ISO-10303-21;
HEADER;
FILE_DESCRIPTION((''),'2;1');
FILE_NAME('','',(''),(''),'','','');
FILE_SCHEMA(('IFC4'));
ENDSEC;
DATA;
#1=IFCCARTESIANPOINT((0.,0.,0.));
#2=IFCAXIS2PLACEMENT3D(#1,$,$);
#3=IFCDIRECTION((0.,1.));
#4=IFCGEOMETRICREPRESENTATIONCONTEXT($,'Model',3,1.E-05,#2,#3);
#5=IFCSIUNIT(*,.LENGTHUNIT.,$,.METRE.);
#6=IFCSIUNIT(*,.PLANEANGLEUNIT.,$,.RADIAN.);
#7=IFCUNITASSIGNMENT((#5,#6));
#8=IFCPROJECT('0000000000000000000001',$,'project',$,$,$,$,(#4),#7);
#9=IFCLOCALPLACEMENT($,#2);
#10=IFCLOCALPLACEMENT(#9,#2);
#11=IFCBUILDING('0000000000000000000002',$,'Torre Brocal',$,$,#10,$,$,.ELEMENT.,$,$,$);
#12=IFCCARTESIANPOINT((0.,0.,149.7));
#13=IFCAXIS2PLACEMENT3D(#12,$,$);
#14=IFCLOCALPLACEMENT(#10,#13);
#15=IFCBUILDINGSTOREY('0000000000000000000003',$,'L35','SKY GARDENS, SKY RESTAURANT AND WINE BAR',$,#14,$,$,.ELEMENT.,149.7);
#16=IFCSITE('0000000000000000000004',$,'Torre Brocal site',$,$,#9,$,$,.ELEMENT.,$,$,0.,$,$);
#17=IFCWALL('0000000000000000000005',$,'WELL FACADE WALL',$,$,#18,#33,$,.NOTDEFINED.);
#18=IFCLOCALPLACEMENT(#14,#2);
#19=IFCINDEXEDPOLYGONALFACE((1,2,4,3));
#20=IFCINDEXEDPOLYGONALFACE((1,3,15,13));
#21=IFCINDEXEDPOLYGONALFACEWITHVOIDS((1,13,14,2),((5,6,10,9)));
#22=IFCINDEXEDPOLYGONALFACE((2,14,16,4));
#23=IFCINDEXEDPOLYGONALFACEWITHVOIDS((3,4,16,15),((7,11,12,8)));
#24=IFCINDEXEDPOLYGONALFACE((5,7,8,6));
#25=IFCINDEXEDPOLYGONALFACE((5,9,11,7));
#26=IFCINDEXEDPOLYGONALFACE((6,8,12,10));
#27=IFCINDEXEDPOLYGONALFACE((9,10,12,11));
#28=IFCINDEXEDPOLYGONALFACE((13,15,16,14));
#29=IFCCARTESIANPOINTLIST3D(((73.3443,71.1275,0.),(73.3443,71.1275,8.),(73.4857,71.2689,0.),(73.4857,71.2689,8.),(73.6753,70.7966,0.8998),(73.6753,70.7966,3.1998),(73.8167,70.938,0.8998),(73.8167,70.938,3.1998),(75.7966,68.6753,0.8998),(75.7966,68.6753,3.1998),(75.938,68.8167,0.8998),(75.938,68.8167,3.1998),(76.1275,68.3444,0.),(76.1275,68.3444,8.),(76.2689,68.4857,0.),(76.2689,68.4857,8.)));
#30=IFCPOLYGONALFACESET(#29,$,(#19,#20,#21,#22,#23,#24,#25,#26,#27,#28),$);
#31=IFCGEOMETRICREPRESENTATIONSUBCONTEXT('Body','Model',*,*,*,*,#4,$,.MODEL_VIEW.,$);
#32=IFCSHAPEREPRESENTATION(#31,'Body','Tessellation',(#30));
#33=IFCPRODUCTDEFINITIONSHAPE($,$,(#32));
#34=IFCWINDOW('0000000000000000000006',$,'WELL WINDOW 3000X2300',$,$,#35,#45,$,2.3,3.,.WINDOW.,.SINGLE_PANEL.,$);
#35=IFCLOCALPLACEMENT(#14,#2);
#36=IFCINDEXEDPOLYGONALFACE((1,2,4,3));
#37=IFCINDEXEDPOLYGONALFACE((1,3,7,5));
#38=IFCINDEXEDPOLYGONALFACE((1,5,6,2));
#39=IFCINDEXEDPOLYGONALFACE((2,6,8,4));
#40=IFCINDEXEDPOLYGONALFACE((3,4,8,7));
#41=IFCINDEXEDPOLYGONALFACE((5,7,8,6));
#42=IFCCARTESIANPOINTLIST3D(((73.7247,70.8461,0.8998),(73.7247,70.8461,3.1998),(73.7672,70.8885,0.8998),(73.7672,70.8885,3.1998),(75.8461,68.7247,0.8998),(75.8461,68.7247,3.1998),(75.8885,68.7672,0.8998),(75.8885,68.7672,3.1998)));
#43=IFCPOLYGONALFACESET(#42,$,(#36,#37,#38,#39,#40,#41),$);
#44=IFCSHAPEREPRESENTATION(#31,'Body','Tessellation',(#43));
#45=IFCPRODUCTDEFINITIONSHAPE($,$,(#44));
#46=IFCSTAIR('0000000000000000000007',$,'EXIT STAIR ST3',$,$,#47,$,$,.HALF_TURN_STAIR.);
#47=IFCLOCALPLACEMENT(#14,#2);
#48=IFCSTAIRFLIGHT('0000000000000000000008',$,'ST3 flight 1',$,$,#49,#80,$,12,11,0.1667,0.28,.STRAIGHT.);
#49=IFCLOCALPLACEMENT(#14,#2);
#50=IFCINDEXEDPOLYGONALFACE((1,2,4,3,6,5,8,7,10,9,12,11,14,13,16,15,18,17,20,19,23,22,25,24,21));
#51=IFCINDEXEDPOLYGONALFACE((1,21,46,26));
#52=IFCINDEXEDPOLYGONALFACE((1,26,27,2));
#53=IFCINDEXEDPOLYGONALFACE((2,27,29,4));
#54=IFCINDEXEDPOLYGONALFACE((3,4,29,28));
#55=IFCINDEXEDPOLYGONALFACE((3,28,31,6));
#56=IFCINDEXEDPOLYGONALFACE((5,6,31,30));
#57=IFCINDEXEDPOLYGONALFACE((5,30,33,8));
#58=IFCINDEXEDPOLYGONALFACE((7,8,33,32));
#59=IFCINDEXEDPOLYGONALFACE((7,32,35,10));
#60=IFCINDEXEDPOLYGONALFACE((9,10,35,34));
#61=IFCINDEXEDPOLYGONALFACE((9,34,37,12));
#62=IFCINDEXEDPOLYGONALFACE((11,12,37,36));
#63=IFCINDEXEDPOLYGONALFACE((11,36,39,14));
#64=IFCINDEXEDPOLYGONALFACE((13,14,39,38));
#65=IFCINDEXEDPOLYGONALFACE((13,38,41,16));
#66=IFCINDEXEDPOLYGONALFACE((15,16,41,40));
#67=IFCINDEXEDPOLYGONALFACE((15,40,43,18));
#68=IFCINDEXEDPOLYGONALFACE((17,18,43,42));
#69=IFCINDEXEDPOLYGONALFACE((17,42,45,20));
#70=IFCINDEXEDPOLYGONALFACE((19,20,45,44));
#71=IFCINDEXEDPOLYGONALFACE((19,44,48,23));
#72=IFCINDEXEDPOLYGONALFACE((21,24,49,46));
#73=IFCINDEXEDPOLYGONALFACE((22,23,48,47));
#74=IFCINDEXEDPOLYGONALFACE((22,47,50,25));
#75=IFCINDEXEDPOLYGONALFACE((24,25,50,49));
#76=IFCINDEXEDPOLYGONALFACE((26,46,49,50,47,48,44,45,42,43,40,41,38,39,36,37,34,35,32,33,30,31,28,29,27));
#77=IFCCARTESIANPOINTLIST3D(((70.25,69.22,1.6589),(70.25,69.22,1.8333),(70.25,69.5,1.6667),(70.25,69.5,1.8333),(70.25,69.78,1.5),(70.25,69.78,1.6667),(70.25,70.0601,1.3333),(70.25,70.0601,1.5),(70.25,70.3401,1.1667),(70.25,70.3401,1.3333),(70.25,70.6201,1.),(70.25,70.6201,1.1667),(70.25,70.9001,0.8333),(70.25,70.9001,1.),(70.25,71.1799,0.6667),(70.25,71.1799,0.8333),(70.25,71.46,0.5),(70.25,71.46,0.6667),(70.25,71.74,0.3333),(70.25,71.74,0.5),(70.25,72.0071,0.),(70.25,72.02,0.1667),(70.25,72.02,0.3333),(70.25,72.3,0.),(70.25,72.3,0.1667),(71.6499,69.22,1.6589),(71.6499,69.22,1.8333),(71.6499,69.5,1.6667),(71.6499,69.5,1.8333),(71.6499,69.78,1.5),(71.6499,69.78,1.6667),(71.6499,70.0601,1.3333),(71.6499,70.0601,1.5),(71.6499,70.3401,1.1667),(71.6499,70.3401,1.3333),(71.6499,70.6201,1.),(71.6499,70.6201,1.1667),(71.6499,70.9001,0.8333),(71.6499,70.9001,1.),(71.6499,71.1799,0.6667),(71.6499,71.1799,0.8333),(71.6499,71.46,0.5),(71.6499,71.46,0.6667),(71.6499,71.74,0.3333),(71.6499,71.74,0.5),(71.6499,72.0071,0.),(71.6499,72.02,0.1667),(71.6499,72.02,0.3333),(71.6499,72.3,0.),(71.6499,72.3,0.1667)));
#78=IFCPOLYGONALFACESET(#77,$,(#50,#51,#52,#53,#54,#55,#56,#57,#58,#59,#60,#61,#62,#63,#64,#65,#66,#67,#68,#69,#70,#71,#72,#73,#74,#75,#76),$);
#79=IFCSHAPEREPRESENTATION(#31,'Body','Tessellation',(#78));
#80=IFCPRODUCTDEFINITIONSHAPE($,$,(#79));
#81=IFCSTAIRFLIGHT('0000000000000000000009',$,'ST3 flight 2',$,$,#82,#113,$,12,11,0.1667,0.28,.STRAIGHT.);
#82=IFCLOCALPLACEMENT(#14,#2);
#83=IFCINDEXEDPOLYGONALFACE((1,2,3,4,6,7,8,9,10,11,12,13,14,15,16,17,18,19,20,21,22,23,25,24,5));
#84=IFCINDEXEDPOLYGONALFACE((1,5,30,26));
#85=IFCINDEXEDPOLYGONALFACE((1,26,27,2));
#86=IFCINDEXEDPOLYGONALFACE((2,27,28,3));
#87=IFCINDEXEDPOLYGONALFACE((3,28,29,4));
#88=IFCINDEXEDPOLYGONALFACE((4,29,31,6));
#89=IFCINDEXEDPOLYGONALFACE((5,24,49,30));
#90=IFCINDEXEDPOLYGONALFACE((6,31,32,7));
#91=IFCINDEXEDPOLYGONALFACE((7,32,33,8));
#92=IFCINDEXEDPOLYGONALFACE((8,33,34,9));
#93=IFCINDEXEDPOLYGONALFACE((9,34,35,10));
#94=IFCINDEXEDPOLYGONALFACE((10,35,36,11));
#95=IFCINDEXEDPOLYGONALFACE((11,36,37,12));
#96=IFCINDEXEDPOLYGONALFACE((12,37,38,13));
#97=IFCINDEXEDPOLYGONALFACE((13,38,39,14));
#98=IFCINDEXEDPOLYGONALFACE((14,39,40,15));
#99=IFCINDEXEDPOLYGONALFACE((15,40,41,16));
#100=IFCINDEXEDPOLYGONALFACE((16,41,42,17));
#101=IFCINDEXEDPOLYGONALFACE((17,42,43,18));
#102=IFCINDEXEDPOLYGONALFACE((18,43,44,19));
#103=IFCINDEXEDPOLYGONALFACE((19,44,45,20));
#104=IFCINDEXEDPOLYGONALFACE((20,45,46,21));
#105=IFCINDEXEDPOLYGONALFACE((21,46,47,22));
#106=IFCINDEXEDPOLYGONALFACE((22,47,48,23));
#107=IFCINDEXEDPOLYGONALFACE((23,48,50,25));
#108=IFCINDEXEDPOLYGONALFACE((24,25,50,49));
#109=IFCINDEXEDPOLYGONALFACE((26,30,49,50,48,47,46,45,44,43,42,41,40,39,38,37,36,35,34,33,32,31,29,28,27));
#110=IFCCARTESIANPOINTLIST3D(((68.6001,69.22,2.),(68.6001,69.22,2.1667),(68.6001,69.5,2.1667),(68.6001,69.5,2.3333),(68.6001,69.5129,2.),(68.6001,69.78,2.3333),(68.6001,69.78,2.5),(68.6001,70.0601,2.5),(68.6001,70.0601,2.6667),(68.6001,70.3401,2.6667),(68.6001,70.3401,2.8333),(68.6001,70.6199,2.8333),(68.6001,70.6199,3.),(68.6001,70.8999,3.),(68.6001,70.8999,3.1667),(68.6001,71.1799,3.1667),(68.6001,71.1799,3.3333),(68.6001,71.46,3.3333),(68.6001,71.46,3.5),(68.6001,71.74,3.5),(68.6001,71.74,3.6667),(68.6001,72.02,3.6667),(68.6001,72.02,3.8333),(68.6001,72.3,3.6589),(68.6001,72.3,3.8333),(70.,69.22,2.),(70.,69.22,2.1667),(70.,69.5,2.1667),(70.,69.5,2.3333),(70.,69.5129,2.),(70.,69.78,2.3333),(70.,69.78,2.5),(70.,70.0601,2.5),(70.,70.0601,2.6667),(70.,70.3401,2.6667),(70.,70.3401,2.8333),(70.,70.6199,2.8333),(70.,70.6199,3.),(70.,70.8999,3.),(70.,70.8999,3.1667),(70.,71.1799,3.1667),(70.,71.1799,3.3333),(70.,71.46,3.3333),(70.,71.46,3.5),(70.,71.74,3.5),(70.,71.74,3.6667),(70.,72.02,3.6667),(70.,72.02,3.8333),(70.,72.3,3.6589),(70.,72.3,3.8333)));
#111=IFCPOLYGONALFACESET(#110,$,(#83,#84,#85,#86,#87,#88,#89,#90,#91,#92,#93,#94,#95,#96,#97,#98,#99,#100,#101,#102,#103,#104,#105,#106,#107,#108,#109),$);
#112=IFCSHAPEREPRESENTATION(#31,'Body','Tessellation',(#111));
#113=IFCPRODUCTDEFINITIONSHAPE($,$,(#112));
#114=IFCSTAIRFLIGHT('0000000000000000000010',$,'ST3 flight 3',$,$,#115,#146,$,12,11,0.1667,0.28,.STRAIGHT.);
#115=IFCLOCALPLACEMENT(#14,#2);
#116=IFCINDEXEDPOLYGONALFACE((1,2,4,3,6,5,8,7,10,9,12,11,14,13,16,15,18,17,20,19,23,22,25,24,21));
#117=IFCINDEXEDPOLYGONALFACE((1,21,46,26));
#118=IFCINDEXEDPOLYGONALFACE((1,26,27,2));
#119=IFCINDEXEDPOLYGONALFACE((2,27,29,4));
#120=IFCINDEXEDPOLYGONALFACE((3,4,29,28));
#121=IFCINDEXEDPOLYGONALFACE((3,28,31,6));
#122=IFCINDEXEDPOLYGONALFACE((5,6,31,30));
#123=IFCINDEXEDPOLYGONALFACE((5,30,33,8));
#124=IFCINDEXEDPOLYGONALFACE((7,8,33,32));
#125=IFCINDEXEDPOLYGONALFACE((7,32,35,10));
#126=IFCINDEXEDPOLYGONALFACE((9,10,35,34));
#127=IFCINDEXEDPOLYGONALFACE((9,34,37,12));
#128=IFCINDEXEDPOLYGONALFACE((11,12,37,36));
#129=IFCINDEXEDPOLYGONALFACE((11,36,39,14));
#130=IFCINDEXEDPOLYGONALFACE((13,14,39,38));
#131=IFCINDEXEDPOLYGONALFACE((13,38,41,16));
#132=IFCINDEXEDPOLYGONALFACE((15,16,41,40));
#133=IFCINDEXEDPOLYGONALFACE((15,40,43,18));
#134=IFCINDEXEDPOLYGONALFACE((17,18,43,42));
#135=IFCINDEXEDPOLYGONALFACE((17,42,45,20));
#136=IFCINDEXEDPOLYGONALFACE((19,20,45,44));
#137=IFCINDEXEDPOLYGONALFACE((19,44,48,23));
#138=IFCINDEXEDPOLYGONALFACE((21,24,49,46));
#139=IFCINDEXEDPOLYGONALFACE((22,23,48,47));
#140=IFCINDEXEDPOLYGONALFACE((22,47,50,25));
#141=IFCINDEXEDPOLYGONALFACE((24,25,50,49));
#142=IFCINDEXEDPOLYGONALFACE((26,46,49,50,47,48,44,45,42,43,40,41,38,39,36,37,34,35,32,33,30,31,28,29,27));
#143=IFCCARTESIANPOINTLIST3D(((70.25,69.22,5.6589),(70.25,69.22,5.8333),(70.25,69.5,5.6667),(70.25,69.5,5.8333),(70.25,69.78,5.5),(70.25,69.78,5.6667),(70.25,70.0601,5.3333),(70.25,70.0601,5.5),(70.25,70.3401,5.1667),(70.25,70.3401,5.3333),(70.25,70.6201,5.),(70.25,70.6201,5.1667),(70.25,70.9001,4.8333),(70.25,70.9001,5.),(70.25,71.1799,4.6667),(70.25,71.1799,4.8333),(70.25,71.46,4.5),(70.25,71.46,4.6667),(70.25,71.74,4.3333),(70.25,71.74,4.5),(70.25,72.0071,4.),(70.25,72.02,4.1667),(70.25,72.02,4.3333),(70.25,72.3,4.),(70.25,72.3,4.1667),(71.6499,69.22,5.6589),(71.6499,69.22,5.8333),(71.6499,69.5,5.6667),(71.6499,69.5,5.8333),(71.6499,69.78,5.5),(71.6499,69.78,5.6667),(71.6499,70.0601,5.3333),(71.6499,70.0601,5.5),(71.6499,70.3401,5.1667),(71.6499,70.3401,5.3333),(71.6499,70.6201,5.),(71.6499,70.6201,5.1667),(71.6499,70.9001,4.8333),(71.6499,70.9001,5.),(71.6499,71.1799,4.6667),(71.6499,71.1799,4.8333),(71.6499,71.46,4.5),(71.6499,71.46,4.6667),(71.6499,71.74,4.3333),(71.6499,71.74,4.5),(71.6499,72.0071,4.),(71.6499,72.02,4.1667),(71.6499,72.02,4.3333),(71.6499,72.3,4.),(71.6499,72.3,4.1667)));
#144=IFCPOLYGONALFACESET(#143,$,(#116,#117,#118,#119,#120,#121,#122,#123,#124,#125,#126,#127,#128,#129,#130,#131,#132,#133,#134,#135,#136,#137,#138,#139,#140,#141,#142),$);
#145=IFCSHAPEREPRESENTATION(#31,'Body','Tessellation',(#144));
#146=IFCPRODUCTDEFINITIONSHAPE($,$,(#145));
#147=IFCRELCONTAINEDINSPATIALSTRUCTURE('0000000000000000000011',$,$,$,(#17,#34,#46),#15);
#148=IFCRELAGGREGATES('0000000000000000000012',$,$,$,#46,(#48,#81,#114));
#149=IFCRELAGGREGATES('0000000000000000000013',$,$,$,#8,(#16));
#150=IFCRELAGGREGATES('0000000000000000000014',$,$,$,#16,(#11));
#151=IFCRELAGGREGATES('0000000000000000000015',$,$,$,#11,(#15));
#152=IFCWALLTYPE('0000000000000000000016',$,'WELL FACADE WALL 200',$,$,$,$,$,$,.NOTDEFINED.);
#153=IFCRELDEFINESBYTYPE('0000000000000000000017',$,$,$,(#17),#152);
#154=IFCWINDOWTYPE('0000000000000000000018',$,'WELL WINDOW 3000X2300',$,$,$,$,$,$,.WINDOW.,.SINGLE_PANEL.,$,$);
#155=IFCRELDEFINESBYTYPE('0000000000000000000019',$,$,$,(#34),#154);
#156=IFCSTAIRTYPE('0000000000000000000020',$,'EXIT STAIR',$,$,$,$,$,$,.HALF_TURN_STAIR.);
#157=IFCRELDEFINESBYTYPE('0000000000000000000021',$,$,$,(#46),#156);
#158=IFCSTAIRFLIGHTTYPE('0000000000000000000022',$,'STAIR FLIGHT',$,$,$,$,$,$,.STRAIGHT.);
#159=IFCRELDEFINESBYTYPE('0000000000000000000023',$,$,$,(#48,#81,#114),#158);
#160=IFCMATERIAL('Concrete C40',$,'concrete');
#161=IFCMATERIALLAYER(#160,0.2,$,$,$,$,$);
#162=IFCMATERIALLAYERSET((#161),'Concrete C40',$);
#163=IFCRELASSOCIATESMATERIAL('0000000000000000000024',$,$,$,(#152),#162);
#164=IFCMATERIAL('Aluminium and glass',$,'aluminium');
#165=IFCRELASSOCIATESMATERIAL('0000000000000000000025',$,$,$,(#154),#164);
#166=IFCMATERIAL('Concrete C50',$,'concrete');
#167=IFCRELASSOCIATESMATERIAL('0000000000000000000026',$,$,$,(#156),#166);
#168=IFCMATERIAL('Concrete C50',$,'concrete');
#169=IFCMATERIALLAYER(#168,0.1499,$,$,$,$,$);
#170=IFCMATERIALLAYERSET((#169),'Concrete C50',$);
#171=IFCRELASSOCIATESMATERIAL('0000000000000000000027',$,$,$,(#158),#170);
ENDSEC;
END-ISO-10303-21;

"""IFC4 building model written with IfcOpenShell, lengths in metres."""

from ifc_helpers import new_model, si_unit, direction, frame, frame_2d, origin, place, context, subcontext, project, spatial, polyline, rectangle, outline, extrude, material, layer, layer_set, type_object, element, fill, aggregate, save


model = new_model("IFC4")

# Units and contexts
model_context = context("Model", 3, precision=1e-05, world=origin(), true_north=direction((0.0, 1.0)))
body_context = subcontext(model_context, "Body", "Model", "MODEL_VIEW")
ifc_project = project(units=[si_unit("LENGTHUNIT", "METRE"), si_unit("PLANEANGLEUNIT", "RADIAN")], contexts=[model_context])

# Site, building, storey
site_placement = place(None, origin())
site = spatial("IfcSite", under=ifc_project, at=site_placement, Name="Torre Brocal site", CompositionType="ELEMENT", RefElevation=0.0)
building_placement = place(site_placement, origin())
building = spatial("IfcBuilding", under=site, at=building_placement, Name="Torre Brocal", CompositionType="ELEMENT")
storey_placement = place(building_placement, frame((0.0, 0.0, 149.7)))
storey = spatial("IfcBuildingStorey", under=building, at=storey_placement, Name="L35", Description="SKY GARDENS, SKY RESTAURANT AND WINE BAR", CompositionType="ELEMENT", Elevation=149.7)

# Wall, opening, window
ifc_material_1 = material(Name="Concrete C40", Category="concrete")
ifc_layer_1 = layer(ifc_material_1, 0.2)
ifc_layer_set_1 = layer_set([ifc_layer_1], Name="Concrete C40")
wall_type_1 = type_object("IfcWallType", Name="WELL FACADE WALL 200", PredefinedType="NOTDEFINED", material=ifc_layer_set_1)
wall_1_placement = place(storey_placement, frame((73.415, 71.1982, 0.0), z_axis=(0.0, 0.0, 1.0), x_axis=(0.707107, -0.707107, 0.0)))
wall_1 = element("IfcWall", 1, at=wall_1_placement, inside=storey, type_object=wall_type_1, Name="WELL FACADE WALL", PredefinedType="NOTDEFINED", context=body_context, shape_type="SweptSolid", body=[
    extrude(rectangle(XDim=3.936, YDim=0.2, at=frame_2d((1.968, 0.0))), origin(), (0.0, 0.0, 1.0), 8.0),
])
opening_1_placement = place(wall_1_placement, frame((0.468, 0.0, 0.8999)))
opening_1 = element("IfcOpeningElement", 2, at=opening_1_placement, cuts=wall_1, PredefinedType="OPENING", context=body_context, shape_type="SweptSolid", body=[
    extrude(rectangle(XDim=3.0, YDim=2.3, at=frame_2d((1.5, 1.1499))), frame((0.0, 0.1099, 0.0), z_axis=(0.0, -1.0, 0.0), x_axis=(1.0, 0.0, 0.0)), (0.0, 0.0, 1.0), 0.22),
])
ifc_material_2 = material(Name="Aluminium and glass", Category="aluminium")
window_type_1 = type_object("IfcWindowType", Name="WELL WINDOW 3000X2300", PartitioningType="SINGLE_PANEL", PredefinedType="WINDOW", material=ifc_material_2)
window_1_placement = place(opening_1_placement, origin())
window_1 = element("IfcWindow", 3, at=window_1_placement, inside=storey, type_object=window_type_1, Name="WELL WINDOW 3000X2300", OverallHeight=2.3, OverallWidth=3.0, PartitioningType="SINGLE_PANEL", PredefinedType="WINDOW", context=body_context, shape_type="SweptSolid", body=[
    extrude(rectangle(XDim=3.0, YDim=2.3, at=frame_2d((1.5, 1.1499))), frame((0.0, 0.03, 0.0), z_axis=(0.0, -1.0, 0.0), x_axis=(1.0, 0.0, 0.0)), (0.0, 0.0, 1.0), 0.0601),
])
fill(opening_1, window_1)

# Stair, stair flights
ifc_material_3 = material(Name="Concrete C50", Category="concrete")
stair_type = type_object("IfcStairType", Name="EXIT STAIR", PredefinedType="HALF_TURN_STAIR", material=ifc_material_3)
stair_placement = place(storey_placement, origin())
stair = element("IfcStair", 4, at=stair_placement, inside=storey, type_object=stair_type, Name="EXIT STAIR ST3", PredefinedType="HALF_TURN_STAIR")
ifc_material_4 = material(Name="Concrete C50", Category="concrete")
ifc_layer_2 = layer(ifc_material_4, 0.1499)
ifc_layer_set_2 = layer_set([ifc_layer_2], Name="Concrete C50")
stair_flight_type = type_object("IfcStairFlightType", Name="STAIR FLIGHT", PredefinedType="STRAIGHT", material=ifc_layer_set_2)
stair_flight_1_placement = place(storey_placement, frame((70.95, 72.3, 0.0), z_axis=(0.0, 0.0, 1.0), x_axis=(0.0, -1.0, 0.0)))
stair_flight_1 = element("IfcStairFlight", 5, at=stair_flight_1_placement, type_object=stair_flight_type, Name="ST3 flight 1", NumberOfRisers=12, NumberOfTreads=11, PredefinedType="STRAIGHT", RiserHeight=0.1667, TreadLength=0.28, context=body_context, shape_type="SweptSolid", body=[
    extrude(outline(polyline([(0.0, 0.0), (0.0, 0.1667), (0.28, 0.1667), (0.28, 0.3333), (0.5601, 0.3333), (0.5601, 0.5), (0.8401, 0.5), (0.8401, 0.6667), (1.1201, 0.6667), (1.1201, 0.8333), (1.3999, 0.8333), (1.3999, 1.0), (1.6799, 1.0), (1.6799, 1.1667), (1.96, 1.1667), (1.96, 1.3333), (2.24, 1.3333), (2.24, 1.5), (2.52, 1.5), (2.52, 1.6667), (2.8, 1.6667), (2.8, 1.8333), (3.0801, 1.8333), (3.0801, 2.0), (3.0801, 1.6589), (0.293, 0.0), (0.0, 0.0)])), frame((0.0, 0.7, 0.0), z_axis=(0.0, -1.0, 0.0), x_axis=(1.0, 0.0, 0.0)), (0.0, 0.0, 1.0), 1.3999),
])
stair_flight_2_placement = place(storey_placement, frame((69.3, 69.22, 2.0), z_axis=(0.0, 0.0, 1.0), x_axis=(0.0, 1.0, 0.0)))
stair_flight_2 = element("IfcStairFlight", 6, at=stair_flight_2_placement, type_object=stair_flight_type, Name="ST3 flight 2", NumberOfRisers=12, NumberOfTreads=11, PredefinedType="STRAIGHT", RiserHeight=0.1667, TreadLength=0.28, context=body_context, shape_type="SweptSolid", body=[
    extrude(outline(polyline([(0.0, 0.0), (0.0, 0.1667), (0.28, 0.1667), (0.28, 0.3333), (0.5601, 0.3333), (0.5601, 0.5), (0.8401, 0.5), (0.8401, 0.6667), (1.1201, 0.6667), (1.1201, 0.8333), (1.3999, 0.8333), (1.3999, 1.0), (1.6799, 1.0), (1.6799, 1.1667), (1.96, 1.1667), (1.96, 1.3333), (2.24, 1.3333), (2.24, 1.5), (2.52, 1.5), (2.52, 1.6667), (2.8, 1.6667), (2.8, 1.8333), (3.0801, 1.8333), (3.0801, 2.0), (3.0801, 1.6589), (0.293, 0.0), (0.0, 0.0)])), frame((0.0, 0.7, 0.0), z_axis=(0.0, -1.0, 0.0), x_axis=(1.0, 0.0, 0.0)), (0.0, 0.0, 1.0), 1.3999),
])
stair_flight_3_placement = place(storey_placement, frame((70.95, 72.3, 4.0), z_axis=(0.0, 0.0, 1.0), x_axis=(0.0, -1.0, 0.0)))
stair_flight_3 = element("IfcStairFlight", 7, at=stair_flight_3_placement, type_object=stair_flight_type, Name="ST3 flight 3", NumberOfRisers=12, NumberOfTreads=11, PredefinedType="STRAIGHT", RiserHeight=0.1667, TreadLength=0.28, context=body_context, shape_type="SweptSolid", body=[
    extrude(outline(polyline([(0.0, 0.0), (0.0, 0.1667), (0.28, 0.1667), (0.28, 0.3333), (0.5601, 0.3333), (0.5601, 0.5), (0.8401, 0.5), (0.8401, 0.6667), (1.1201, 0.6667), (1.1201, 0.8333), (1.3999, 0.8333), (1.3999, 1.0), (1.6799, 1.0), (1.6799, 1.1667), (1.96, 1.1667), (1.96, 1.3333), (2.24, 1.3333), (2.24, 1.5), (2.52, 1.5), (2.52, 1.6667), (2.8, 1.6667), (2.8, 1.8333), (3.0801, 1.8333), (3.0801, 2.0), (3.0801, 1.6589), (0.293, 0.0), (0.0, 0.0)])), frame((0.0, 0.7, 0.0), z_axis=(0.0, -1.0, 0.0), x_axis=(1.0, 0.0, 0.0)), (0.0, 0.0, 1.0), 1.3999),
])
aggregate(stair, [stair_flight_1, stair_flight_2, stair_flight_3])

save(model, "model.ifc")
